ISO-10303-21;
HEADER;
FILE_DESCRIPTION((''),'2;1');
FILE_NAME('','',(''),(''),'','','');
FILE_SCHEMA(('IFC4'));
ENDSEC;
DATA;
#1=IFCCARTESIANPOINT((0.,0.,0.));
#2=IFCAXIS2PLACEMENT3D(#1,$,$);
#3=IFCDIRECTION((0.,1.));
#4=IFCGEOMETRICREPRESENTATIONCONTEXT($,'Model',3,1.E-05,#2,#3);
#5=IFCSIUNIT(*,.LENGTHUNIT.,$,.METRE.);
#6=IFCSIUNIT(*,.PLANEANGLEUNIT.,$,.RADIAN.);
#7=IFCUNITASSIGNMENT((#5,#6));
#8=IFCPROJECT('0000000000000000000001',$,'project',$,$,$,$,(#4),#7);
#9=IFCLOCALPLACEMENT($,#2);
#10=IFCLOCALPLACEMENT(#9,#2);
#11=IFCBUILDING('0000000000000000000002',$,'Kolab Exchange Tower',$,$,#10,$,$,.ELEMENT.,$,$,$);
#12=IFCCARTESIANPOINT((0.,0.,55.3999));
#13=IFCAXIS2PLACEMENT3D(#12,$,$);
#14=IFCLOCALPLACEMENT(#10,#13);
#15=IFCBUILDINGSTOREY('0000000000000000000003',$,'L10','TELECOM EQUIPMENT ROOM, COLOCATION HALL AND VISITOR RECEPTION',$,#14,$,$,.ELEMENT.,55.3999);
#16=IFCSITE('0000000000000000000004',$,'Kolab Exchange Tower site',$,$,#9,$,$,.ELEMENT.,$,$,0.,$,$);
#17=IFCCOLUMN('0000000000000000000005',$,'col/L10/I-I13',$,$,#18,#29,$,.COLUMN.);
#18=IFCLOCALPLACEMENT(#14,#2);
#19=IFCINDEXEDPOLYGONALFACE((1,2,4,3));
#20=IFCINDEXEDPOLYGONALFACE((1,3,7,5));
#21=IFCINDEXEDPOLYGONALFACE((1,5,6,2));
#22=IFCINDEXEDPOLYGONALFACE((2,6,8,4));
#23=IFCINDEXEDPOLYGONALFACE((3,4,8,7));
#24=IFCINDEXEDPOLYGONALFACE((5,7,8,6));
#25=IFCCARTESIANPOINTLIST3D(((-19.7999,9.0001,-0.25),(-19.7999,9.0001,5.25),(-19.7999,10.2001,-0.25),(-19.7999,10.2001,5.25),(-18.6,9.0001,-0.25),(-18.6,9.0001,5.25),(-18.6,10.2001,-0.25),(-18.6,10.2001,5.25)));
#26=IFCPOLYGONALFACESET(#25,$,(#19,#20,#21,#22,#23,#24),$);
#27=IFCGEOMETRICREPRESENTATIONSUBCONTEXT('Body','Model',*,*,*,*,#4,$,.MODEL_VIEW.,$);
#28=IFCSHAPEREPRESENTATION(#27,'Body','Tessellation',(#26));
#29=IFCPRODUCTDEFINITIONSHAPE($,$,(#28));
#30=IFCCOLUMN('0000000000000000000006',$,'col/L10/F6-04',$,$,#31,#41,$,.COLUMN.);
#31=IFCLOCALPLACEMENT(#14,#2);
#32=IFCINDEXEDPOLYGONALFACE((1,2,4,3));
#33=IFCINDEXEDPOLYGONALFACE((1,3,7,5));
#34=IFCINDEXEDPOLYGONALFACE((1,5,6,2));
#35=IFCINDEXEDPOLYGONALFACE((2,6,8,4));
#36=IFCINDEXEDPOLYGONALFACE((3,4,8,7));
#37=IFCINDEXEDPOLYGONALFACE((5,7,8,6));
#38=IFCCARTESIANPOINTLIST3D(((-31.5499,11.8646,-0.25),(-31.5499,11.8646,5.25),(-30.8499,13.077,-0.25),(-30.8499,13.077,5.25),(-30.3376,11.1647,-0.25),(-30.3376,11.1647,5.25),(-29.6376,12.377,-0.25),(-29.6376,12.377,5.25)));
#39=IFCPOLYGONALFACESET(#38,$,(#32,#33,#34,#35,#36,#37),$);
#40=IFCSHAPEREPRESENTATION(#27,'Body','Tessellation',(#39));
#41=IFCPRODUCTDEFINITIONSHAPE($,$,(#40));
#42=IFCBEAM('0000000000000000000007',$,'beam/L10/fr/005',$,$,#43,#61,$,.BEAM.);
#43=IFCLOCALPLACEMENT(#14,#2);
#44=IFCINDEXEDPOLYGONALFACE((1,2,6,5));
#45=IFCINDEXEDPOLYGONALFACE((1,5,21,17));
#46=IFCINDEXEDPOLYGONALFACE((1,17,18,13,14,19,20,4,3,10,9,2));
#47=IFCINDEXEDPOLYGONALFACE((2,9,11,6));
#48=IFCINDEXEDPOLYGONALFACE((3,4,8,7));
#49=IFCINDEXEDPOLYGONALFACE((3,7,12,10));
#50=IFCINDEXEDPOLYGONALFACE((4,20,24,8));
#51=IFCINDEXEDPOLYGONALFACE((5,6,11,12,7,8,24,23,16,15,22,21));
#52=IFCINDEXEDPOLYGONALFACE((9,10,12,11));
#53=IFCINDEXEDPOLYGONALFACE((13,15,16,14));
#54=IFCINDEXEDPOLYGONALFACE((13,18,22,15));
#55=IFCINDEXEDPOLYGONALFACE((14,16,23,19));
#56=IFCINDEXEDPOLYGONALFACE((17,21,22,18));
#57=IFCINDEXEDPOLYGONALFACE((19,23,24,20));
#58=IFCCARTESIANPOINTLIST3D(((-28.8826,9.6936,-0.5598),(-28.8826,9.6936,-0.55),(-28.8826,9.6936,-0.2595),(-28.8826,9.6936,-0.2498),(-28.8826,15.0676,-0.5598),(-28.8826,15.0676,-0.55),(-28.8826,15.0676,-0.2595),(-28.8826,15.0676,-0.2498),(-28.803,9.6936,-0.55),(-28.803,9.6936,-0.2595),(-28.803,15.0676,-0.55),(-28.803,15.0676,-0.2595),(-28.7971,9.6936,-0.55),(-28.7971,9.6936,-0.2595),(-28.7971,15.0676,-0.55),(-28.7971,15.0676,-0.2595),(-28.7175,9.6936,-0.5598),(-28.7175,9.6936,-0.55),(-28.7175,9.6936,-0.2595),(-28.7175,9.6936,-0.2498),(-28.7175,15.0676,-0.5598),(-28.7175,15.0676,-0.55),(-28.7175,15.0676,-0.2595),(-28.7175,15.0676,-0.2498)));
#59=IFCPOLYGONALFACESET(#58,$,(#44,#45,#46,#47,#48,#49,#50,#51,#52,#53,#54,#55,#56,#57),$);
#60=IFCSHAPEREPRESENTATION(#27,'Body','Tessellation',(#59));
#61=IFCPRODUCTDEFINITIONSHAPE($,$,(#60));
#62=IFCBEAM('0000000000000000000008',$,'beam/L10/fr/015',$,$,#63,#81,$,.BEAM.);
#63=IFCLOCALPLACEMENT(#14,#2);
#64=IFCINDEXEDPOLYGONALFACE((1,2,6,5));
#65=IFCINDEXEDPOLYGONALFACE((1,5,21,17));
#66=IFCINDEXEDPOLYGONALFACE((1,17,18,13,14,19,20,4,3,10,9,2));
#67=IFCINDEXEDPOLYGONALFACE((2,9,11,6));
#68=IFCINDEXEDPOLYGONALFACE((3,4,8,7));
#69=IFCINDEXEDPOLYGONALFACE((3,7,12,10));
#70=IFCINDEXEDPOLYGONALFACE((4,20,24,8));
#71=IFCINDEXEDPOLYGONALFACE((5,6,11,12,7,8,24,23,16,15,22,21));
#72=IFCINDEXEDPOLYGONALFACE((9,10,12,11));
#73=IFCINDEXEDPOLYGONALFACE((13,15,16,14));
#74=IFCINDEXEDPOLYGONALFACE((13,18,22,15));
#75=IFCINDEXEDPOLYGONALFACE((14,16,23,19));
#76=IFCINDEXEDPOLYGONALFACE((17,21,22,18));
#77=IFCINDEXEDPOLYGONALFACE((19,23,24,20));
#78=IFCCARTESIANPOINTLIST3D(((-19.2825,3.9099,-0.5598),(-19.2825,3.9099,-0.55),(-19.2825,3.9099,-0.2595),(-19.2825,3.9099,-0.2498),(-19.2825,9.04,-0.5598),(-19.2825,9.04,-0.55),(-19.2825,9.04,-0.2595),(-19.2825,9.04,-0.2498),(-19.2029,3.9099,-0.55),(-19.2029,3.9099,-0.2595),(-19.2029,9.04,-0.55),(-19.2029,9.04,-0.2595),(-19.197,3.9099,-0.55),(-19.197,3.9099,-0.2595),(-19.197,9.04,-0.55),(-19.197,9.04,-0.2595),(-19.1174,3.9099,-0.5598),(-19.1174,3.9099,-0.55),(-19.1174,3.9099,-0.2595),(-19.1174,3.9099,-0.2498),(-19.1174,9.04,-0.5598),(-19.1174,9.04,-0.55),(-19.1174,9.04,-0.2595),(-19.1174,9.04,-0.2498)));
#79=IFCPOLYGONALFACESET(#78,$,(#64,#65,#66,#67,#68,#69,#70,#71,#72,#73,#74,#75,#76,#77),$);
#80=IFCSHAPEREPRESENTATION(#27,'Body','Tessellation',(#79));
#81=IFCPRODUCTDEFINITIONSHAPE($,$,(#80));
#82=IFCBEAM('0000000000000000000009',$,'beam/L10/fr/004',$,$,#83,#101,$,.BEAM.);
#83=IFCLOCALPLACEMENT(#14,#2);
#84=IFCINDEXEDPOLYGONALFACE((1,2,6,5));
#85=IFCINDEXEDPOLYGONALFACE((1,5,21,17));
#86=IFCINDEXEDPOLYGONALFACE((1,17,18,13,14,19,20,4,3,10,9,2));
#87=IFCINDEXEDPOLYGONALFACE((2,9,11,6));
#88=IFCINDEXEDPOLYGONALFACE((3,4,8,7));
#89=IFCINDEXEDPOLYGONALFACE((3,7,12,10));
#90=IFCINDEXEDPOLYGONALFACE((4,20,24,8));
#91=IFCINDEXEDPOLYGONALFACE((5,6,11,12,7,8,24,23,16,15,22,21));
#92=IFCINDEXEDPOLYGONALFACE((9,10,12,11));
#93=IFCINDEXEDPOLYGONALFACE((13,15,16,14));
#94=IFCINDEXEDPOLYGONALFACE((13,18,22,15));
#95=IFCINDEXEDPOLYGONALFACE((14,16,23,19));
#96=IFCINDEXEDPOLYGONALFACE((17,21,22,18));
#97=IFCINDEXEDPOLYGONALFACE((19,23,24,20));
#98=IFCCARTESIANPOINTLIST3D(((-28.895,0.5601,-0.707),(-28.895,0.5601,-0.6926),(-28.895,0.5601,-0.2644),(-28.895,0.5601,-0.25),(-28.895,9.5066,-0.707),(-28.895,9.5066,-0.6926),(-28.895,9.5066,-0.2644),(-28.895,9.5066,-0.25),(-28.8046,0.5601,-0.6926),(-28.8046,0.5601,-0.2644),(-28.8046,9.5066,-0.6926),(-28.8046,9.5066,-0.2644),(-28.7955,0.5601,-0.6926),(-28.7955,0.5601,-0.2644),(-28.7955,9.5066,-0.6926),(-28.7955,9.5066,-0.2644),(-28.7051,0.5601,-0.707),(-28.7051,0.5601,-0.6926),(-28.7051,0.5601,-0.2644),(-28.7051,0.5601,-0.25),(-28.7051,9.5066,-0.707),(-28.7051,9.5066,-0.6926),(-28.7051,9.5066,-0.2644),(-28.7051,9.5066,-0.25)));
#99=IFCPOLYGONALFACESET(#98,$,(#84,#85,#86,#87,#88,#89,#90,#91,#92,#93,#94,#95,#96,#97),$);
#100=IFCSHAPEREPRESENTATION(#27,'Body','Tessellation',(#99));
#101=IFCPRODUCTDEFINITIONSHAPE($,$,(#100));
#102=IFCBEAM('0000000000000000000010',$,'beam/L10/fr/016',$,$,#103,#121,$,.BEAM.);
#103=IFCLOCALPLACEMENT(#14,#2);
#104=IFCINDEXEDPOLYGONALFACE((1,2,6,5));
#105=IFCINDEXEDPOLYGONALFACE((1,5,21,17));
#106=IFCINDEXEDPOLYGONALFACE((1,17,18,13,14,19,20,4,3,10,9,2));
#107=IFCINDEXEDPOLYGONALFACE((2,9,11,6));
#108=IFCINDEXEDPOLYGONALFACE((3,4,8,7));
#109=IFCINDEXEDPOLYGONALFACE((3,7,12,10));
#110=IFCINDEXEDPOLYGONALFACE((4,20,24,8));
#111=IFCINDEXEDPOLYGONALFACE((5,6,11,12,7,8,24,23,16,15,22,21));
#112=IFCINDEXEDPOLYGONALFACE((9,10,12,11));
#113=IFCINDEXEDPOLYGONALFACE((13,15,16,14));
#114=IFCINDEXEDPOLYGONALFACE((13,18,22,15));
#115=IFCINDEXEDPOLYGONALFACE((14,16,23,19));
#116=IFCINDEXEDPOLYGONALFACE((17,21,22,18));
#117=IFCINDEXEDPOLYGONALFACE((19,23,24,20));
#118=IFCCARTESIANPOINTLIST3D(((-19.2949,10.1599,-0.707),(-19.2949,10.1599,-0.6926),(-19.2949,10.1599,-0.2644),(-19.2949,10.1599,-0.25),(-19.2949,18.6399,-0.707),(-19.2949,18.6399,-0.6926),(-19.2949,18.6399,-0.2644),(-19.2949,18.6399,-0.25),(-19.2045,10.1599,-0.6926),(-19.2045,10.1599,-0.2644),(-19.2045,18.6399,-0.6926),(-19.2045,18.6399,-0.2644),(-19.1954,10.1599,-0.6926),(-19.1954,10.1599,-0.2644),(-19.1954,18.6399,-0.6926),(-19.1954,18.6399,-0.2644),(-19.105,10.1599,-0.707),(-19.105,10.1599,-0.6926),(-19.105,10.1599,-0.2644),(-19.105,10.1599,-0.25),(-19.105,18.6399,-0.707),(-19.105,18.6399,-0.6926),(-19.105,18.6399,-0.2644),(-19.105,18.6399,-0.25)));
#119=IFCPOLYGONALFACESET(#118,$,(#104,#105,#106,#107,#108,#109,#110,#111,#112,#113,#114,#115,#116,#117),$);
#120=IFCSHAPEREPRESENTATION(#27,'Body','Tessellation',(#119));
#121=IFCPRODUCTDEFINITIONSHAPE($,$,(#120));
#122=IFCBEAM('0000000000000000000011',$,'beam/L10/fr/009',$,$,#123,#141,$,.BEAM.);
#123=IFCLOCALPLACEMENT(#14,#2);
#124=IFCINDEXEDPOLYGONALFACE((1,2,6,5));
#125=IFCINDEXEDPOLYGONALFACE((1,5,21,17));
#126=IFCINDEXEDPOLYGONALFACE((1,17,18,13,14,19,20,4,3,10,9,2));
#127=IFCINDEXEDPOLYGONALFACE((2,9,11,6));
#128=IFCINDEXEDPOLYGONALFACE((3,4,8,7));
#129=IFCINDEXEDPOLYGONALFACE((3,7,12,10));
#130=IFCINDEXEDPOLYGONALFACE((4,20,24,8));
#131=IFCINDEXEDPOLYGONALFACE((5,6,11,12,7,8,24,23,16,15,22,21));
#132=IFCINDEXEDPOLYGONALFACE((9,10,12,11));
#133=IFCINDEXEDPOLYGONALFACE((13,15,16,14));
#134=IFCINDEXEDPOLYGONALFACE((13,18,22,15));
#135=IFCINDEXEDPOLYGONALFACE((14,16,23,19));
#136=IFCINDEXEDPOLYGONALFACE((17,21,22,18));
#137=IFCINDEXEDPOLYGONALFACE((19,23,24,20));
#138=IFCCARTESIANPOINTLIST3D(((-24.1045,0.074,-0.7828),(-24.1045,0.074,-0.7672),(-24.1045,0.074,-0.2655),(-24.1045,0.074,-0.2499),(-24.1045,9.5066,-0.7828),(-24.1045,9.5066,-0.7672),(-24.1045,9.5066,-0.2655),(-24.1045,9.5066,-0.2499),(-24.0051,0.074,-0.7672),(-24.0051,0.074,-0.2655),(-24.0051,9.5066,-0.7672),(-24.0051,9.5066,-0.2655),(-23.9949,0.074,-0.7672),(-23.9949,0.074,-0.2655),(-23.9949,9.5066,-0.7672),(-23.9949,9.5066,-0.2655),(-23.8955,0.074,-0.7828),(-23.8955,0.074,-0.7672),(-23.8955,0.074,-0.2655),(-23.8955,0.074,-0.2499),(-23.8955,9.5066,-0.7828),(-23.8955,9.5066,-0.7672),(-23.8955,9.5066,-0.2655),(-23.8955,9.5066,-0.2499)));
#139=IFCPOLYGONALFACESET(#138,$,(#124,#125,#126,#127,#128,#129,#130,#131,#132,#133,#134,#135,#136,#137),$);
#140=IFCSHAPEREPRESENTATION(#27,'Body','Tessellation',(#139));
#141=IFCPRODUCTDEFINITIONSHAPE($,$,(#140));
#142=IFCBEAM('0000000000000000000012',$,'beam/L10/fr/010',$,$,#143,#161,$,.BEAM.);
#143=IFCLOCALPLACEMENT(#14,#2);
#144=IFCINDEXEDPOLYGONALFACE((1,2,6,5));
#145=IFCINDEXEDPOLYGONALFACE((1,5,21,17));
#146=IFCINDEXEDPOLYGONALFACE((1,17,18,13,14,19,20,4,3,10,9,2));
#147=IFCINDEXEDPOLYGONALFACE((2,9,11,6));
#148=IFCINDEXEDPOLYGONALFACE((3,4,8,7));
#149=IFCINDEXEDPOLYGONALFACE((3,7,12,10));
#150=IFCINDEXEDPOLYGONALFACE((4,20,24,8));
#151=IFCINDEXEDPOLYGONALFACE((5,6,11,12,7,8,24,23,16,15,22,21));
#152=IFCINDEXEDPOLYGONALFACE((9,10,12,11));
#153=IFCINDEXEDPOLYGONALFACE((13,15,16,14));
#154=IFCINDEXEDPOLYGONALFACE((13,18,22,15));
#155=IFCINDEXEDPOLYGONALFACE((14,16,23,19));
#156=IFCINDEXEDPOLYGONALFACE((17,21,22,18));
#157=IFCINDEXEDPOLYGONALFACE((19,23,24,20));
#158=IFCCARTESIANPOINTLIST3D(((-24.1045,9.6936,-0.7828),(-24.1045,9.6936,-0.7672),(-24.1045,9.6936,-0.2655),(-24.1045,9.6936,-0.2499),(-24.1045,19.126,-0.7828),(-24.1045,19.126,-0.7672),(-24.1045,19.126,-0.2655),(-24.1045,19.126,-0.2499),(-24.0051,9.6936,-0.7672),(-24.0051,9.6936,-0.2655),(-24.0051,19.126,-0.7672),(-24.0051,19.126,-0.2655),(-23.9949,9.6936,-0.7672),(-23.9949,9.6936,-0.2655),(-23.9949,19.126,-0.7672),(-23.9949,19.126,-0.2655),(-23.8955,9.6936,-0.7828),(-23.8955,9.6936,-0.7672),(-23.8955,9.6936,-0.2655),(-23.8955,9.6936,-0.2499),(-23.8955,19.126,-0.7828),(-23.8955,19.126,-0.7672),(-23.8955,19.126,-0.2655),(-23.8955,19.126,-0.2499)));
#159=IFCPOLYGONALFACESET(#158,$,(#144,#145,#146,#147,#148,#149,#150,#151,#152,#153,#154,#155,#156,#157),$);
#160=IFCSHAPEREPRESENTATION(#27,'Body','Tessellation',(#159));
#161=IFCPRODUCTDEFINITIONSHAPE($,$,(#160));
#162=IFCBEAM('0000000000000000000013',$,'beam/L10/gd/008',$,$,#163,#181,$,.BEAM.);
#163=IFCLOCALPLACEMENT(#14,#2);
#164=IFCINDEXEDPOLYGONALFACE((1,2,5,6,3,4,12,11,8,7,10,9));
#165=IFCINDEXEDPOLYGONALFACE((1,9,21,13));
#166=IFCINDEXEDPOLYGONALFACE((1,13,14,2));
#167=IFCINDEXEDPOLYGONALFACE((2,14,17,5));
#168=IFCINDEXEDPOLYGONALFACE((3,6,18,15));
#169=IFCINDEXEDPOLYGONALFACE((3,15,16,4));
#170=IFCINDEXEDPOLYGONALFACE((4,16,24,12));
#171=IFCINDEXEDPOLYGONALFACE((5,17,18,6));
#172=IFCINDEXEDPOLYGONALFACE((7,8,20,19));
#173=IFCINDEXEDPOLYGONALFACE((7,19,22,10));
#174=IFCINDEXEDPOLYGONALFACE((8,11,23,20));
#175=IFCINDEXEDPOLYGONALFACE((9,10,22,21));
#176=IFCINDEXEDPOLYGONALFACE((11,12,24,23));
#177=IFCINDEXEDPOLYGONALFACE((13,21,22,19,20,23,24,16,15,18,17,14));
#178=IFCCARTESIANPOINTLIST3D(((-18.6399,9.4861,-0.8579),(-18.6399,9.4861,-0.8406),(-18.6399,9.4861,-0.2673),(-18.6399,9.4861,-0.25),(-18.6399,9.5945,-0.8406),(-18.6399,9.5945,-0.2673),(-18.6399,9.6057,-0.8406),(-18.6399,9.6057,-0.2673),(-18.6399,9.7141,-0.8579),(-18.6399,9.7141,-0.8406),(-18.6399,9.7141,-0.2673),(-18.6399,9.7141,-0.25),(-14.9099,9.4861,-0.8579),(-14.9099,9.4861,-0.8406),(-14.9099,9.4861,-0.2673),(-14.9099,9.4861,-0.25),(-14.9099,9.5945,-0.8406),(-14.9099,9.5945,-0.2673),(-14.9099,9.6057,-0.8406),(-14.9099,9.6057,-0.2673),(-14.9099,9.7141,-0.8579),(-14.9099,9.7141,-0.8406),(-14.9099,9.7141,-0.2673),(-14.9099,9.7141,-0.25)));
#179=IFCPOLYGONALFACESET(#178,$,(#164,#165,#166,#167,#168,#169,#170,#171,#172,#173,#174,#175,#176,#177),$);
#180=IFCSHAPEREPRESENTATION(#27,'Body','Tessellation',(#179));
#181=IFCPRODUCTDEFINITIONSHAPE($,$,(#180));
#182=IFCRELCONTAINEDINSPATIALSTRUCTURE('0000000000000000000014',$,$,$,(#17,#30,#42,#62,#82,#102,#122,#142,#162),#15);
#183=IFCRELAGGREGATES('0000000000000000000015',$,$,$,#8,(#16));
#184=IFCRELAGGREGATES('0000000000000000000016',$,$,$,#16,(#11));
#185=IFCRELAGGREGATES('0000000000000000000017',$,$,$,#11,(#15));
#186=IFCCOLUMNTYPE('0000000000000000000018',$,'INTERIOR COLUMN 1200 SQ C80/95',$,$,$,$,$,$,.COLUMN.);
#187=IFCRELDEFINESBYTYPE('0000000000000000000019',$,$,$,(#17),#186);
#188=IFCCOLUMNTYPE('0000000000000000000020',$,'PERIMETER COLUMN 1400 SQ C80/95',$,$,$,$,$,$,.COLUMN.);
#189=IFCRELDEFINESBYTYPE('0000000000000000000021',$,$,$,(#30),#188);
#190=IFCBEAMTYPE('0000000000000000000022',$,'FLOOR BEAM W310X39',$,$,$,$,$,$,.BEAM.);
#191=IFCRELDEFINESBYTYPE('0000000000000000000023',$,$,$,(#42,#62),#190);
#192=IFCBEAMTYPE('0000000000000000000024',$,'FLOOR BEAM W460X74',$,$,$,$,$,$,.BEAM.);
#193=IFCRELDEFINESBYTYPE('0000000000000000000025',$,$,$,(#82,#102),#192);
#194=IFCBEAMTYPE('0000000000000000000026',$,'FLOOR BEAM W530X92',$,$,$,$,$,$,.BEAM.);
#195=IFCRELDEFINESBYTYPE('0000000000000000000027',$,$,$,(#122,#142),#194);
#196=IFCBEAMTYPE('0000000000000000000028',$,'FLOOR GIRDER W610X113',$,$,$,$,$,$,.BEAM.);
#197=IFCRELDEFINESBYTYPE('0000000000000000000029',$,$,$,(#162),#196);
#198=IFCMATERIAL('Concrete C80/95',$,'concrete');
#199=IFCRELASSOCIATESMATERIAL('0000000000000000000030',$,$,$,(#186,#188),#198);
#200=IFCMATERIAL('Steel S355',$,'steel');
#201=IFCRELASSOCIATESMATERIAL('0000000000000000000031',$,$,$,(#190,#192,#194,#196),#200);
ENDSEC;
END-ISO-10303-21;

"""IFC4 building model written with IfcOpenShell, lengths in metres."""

from ifc_helpers import new_model, si_unit, direction, frame, origin, origin_2d, place, context, subcontext, project, spatial, rectangle, i_section, extrude, material, material_profile, profile_set, type_object, element, save


model = new_model("IFC4")

# Units and contexts
model_context = context("Model", 3, precision=1e-05, world=origin(), true_north=direction((0.0, 1.0)))
body_context = subcontext(model_context, "Body", "Model", "MODEL_VIEW")
ifc_project = project(units=[si_unit("LENGTHUNIT", "METRE"), si_unit("PLANEANGLEUNIT", "RADIAN")], contexts=[model_context])

# Site, building, storey
site_placement = place(None, origin())
site = spatial("IfcSite", under=ifc_project, at=site_placement, Name="Kolab Exchange Tower site", CompositionType="ELEMENT", RefElevation=0.0)
building_placement = place(site_placement, origin())
building = spatial("IfcBuilding", under=site, at=building_placement, Name="Kolab Exchange Tower", CompositionType="ELEMENT")
storey_placement = place(building_placement, frame((0.0, 0.0, 55.3999)))
storey = spatial("IfcBuildingStorey", under=building, at=storey_placement, Name="L10", Description="TELECOM EQUIPMENT ROOM, COLOCATION HALL AND VISITOR RECEPTION", CompositionType="ELEMENT", Elevation=55.3999)

# Columns
ifc_material_1 = material(Name="Concrete C80/95", Category="concrete")
ifc_material_profile_1 = material_profile(ifc_material_1, rectangle(XDim=1.2, YDim=1.2, at=origin_2d()), Name="RC1200")
ifc_profile_set_1 = profile_set([ifc_material_profile_1], Name="Concrete C80/95")
column_type_1 = type_object("IfcColumnType", Name="INTERIOR COLUMN 1200 SQ C80/95", PredefinedType="COLUMN", material=ifc_profile_set_1)
column_1_placement = place(storey_placement, frame((-19.2, 9.6001, -0.25), z_axis=(0.0, 0.0, 1.0), x_axis=(1.0, 0.0, 0.0)))
element("IfcColumn", 1, at=column_1_placement, inside=storey, type_object=column_type_1, Name="col/L10/I-I13", PredefinedType="COLUMN", context=body_context, shape_type="SweptSolid", body=[
    extrude(rectangle(XDim=1.2, YDim=1.2, at=origin_2d()), origin(), (0.0, 0.0, 1.0), 5.5),
])
ifc_material_profile_2 = material_profile(ifc_material_1, rectangle(XDim=1.3999, YDim=1.3999, at=origin_2d()), Name="RC1400")
ifc_profile_set_2 = profile_set([ifc_material_profile_2], Name="Concrete C80/95")
column_type_2 = type_object("IfcColumnType", Name="PERIMETER COLUMN 1400 SQ C80/95", PredefinedType="COLUMN", material=ifc_profile_set_2)
column_2_placement = place(storey_placement, frame((-30.5938, 12.1208, -0.25), z_axis=(0.0, 0.0, 1.0), x_axis=(0.5, 0.866025, 0.0)))
element("IfcColumn", 2, at=column_2_placement, inside=storey, type_object=column_type_2, Name="col/L10/F6-04", PredefinedType="COLUMN", context=body_context, shape_type="SweptSolid", body=[
    extrude(rectangle(XDim=1.3999, YDim=1.3999, at=origin_2d()), origin(), (0.0, 0.0, 1.0), 5.5),
])

# Beams
ifc_material_2 = material(Name="Steel S355", Category="steel")
ifc_material_profile_3 = material_profile(ifc_material_2, i_section(OverallWidth=0.165, OverallDepth=0.3101, WebThickness=0.0059, FlangeThickness=0.0098, at=origin_2d()), Name="W310X39")
ifc_profile_set_3 = profile_set([ifc_material_profile_3], Name="Steel S355")
beam_type_1 = type_object("IfcBeamType", Name="FLOOR BEAM W310X39", PredefinedType="BEAM", material=ifc_profile_set_3)
beam_1_placement = place(storey_placement, frame((-28.8, 9.6936, -0.4048), z_axis=(0.0, 1.0, 0.0), x_axis=(-1.0, 0.0, 0.0)))
element("IfcBeam", 3, at=beam_1_placement, inside=storey, type_object=beam_type_1, Name="beam/L10/fr/005", PredefinedType="BEAM", context=body_context, shape_type="SweptSolid", body=[
    extrude(i_section(OverallWidth=0.165, OverallDepth=0.3101, WebThickness=0.0059, FlangeThickness=0.0098, at=origin_2d()), origin(), (0.0, 0.0, 1.0), 5.374),
])
beam_2_placement = place(storey_placement, frame((-19.2, 3.9099, -0.4048), z_axis=(0.0, 1.0, 0.0), x_axis=(-1.0, 0.0, 0.0)))
element("IfcBeam", 4, at=beam_2_placement, inside=storey, type_object=beam_type_1, Name="beam/L10/fr/015", PredefinedType="BEAM", context=body_context, shape_type="SweptSolid", body=[
    extrude(i_section(OverallWidth=0.165, OverallDepth=0.3101, WebThickness=0.0059, FlangeThickness=0.0098, at=origin_2d()), origin(), (0.0, 0.0, 1.0), 5.1301),
])
ifc_material_profile_4 = material_profile(ifc_material_2, i_section(OverallWidth=0.1899, OverallDepth=0.457, WebThickness=0.009, FlangeThickness=0.0144, at=origin_2d()), Name="W460X74")
ifc_profile_set_4 = profile_set([ifc_material_profile_4], Name="Steel S355")
beam_type_2 = type_object("IfcBeamType", Name="FLOOR BEAM W460X74", PredefinedType="BEAM", material=ifc_profile_set_4)
beam_3_placement = place(storey_placement, frame((-28.8, 0.5601, -0.4785), z_axis=(0.0, 1.0, 0.0), x_axis=(-1.0, 0.0, 0.0)))
element("IfcBeam", 5, at=beam_3_placement, inside=storey, type_object=beam_type_2, Name="beam/L10/fr/004", PredefinedType="BEAM", context=body_context, shape_type="SweptSolid", body=[
    extrude(i_section(OverallWidth=0.1899, OverallDepth=0.457, WebThickness=0.009, FlangeThickness=0.0144, at=origin_2d()), origin(), (0.0, 0.0, 1.0), 8.9465),
])
beam_4_placement = place(storey_placement, frame((-19.2, 10.1599, -0.4785), z_axis=(0.0, 1.0, 0.0), x_axis=(-1.0, 0.0, 0.0)))
element("IfcBeam", 6, at=beam_4_placement, inside=storey, type_object=beam_type_2, Name="beam/L10/fr/016", PredefinedType="BEAM", context=body_context, shape_type="SweptSolid", body=[
    extrude(i_section(OverallWidth=0.1899, OverallDepth=0.457, WebThickness=0.009, FlangeThickness=0.0144, at=origin_2d()), origin(), (0.0, 0.0, 1.0), 8.48),
])
ifc_material_profile_5 = material_profile(ifc_material_2, i_section(OverallWidth=0.209, OverallDepth=0.533, WebThickness=0.0103, FlangeThickness=0.0156, at=origin_2d()), Name="W530X92")
ifc_profile_set_5 = profile_set([ifc_material_profile_5], Name="Steel S355")
beam_type_3 = type_object("IfcBeamType", Name="FLOOR BEAM W530X92", PredefinedType="BEAM", material=ifc_profile_set_5)
beam_5_placement = place(storey_placement, frame((-24.0, 0.074, -0.5164), z_axis=(0.0, 1.0, 0.0), x_axis=(-1.0, 0.0, 0.0)))
element("IfcBeam", 7, at=beam_5_placement, inside=storey, type_object=beam_type_3, Name="beam/L10/fr/009", PredefinedType="BEAM", context=body_context, shape_type="SweptSolid", body=[
    extrude(i_section(OverallWidth=0.209, OverallDepth=0.533, WebThickness=0.0103, FlangeThickness=0.0156, at=origin_2d()), origin(), (0.0, 0.0, 1.0), 9.4326),
])
beam_6_placement = place(storey_placement, frame((-24.0, 9.6936, -0.5164), z_axis=(0.0, 1.0, 0.0), x_axis=(-1.0, 0.0, 0.0)))
element("IfcBeam", 8, at=beam_6_placement, inside=storey, type_object=beam_type_3, Name="beam/L10/fr/010", PredefinedType="BEAM", context=body_context, shape_type="SweptSolid", body=[
    extrude(i_section(OverallWidth=0.209, OverallDepth=0.533, WebThickness=0.0103, FlangeThickness=0.0156, at=origin_2d()), origin(), (0.0, 0.0, 1.0), 9.4324),
])
ifc_material_profile_6 = material_profile(ifc_material_2, i_section(OverallWidth=0.228, OverallDepth=0.6079, WebThickness=0.0112, FlangeThickness=0.0173, at=origin_2d()), Name="W610X113")
ifc_profile_set_6 = profile_set([ifc_material_profile_6], Name="Steel S355")
beam_type_4 = type_object("IfcBeamType", Name="FLOOR GIRDER W610X113", PredefinedType="BEAM", material=ifc_profile_set_6)
beam_7_placement = place(storey_placement, frame((-18.6399, 9.6001, -0.554), z_axis=(1.0, 0.0, 0.0), x_axis=(0.0, 1.0, 0.0)))
element("IfcBeam", 9, at=beam_7_placement, inside=storey, type_object=beam_type_4, Name="beam/L10/gd/008", PredefinedType="BEAM", context=body_context, shape_type="SweptSolid", body=[
    extrude(i_section(OverallWidth=0.228, OverallDepth=0.6079, WebThickness=0.0112, FlangeThickness=0.0173, at=origin_2d()), origin(), (0.0, 0.0, 1.0), 3.73),
])

save(model, "model.ifc")
